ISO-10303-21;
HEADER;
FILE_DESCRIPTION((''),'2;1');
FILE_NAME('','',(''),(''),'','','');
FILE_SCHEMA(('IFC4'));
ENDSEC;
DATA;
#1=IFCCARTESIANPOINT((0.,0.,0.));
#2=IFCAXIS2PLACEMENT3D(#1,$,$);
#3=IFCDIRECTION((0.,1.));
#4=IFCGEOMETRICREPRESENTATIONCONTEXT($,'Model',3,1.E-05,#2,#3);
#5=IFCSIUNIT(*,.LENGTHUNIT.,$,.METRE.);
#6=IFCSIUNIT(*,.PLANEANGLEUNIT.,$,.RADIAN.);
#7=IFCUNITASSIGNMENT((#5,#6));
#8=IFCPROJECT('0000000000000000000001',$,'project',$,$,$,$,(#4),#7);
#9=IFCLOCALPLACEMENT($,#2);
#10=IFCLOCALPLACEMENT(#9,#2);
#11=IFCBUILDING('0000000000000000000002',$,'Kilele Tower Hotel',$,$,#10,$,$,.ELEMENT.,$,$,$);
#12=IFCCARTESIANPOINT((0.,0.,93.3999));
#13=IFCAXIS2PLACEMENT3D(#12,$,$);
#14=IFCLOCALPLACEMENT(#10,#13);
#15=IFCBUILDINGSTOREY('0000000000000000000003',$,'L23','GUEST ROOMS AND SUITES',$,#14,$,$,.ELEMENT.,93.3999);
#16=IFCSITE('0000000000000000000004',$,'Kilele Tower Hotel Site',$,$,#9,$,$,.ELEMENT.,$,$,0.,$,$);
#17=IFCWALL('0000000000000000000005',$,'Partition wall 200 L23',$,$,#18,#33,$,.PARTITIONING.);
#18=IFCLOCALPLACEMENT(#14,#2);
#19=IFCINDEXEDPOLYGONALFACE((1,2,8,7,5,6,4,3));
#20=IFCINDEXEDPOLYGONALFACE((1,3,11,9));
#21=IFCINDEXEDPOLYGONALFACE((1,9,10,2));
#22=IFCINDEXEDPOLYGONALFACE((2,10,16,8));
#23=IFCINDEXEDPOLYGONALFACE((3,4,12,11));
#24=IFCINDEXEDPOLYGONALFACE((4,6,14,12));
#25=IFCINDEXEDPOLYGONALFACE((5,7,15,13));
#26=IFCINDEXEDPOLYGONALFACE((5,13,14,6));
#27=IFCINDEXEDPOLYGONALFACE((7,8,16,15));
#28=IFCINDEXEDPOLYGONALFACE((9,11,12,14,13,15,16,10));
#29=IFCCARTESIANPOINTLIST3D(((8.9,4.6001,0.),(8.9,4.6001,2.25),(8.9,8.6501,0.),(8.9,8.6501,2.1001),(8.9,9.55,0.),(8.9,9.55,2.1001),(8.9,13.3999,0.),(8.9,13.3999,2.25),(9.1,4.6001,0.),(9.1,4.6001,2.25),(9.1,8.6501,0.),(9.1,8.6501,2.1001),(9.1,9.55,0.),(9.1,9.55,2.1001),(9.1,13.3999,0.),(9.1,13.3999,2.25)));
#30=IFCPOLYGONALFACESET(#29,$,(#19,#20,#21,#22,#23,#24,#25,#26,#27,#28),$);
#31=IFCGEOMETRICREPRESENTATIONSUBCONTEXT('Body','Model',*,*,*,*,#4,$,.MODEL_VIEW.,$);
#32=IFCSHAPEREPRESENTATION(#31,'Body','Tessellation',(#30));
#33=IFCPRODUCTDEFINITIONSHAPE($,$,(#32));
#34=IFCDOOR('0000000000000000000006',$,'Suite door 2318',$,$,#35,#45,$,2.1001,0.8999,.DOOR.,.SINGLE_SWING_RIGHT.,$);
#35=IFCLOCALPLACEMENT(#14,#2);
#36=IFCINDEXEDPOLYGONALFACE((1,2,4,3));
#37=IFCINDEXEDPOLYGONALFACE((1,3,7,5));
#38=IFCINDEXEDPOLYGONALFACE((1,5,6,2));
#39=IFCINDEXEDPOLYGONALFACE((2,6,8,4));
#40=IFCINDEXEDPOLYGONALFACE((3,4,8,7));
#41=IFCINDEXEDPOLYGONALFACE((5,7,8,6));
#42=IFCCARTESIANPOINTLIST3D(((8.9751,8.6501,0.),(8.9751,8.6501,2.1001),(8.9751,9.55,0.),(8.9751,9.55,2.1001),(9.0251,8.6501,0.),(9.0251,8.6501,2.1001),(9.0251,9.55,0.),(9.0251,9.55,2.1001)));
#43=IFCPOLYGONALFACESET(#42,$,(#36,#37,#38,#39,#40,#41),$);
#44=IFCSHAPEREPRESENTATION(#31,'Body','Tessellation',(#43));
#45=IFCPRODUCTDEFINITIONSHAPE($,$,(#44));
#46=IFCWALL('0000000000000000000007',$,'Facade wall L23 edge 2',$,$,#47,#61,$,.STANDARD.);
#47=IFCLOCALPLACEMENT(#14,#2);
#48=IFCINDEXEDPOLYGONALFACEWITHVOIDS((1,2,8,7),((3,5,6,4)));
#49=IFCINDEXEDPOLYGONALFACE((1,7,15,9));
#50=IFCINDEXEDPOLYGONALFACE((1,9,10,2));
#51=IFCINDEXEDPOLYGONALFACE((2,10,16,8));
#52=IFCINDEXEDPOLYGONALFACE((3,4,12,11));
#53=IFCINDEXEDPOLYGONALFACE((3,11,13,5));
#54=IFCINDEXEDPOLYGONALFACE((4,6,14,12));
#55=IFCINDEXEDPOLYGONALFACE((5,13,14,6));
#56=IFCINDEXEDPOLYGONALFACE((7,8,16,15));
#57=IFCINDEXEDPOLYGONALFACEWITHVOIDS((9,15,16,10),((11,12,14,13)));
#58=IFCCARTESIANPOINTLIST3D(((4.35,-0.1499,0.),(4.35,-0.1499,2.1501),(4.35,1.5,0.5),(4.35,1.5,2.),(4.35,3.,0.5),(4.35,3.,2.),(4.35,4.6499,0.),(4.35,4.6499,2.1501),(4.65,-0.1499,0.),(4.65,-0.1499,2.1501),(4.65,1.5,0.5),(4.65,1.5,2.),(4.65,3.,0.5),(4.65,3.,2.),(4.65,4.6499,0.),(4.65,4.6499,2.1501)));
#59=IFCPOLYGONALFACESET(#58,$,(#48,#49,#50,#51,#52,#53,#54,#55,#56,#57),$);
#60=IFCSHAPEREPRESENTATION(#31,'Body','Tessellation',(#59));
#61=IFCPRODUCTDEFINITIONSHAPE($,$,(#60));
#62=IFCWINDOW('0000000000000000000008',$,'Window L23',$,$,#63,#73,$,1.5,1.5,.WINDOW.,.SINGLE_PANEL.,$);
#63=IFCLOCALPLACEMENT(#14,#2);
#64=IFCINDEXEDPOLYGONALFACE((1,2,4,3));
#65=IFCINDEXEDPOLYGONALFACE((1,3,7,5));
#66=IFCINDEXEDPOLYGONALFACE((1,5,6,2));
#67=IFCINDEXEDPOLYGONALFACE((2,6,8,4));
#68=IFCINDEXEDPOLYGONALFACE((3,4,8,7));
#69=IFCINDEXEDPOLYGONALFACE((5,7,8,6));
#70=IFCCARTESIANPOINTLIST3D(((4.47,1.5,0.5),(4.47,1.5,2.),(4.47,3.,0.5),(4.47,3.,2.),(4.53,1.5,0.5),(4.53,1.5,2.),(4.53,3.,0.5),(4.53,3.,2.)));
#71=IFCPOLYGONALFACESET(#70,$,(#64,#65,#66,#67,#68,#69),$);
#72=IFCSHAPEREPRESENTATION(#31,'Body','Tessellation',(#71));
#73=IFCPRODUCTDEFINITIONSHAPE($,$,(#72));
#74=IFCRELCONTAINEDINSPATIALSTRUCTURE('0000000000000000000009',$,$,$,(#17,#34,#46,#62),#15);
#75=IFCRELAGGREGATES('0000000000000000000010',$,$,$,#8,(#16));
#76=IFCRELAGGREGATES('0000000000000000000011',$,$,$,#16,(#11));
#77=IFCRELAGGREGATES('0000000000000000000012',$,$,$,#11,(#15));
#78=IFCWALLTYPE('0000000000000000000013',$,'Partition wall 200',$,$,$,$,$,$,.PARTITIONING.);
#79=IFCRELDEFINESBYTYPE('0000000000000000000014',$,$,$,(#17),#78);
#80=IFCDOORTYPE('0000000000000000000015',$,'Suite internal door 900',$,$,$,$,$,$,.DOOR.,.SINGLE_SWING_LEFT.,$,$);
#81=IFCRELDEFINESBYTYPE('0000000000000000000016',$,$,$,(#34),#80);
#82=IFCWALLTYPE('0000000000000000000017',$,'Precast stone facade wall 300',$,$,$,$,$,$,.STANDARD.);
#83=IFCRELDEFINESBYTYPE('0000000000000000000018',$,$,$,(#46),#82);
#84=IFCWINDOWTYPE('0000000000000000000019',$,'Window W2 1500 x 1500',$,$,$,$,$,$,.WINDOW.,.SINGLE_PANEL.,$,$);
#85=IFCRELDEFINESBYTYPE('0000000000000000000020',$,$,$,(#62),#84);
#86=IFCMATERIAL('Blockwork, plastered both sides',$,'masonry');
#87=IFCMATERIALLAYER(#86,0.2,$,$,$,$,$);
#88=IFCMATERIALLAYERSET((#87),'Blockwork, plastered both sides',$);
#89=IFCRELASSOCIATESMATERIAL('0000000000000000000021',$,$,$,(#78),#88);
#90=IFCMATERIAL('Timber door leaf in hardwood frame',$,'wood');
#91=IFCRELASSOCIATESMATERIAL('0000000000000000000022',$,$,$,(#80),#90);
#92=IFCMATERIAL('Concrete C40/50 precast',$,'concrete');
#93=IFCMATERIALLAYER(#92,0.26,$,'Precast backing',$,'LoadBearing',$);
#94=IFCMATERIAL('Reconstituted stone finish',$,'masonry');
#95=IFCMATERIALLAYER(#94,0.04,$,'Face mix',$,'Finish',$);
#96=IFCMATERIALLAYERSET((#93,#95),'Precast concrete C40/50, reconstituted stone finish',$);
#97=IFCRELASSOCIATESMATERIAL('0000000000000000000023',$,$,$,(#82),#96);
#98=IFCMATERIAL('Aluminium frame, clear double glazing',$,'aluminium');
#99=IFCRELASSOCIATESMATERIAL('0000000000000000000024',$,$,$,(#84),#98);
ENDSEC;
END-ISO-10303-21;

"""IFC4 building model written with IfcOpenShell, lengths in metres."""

from ifc_helpers import new_model, si_unit, direction, frame, frame_2d, origin, place, context, subcontext, project, spatial, rectangle, extrude, material, layer, layer_set, type_object, element, fill, save


model = new_model("IFC4")

# Units and contexts
model_context = context("Model", 3, precision=1e-05, world=origin(), true_north=direction((0.0, 1.0)))
body_context = subcontext(model_context, "Body", "Model", "MODEL_VIEW")
ifc_project = project(units=[si_unit("LENGTHUNIT", "METRE"), si_unit("PLANEANGLEUNIT", "RADIAN")], contexts=[model_context])

# Site, building, storey
site_placement = place(None, origin())
site = spatial("IfcSite", under=ifc_project, at=site_placement, Name="Kilele Tower Hotel Site", CompositionType="ELEMENT", RefElevation=0.0)
building_placement = place(site_placement, origin())
building = spatial("IfcBuilding", under=site, at=building_placement, Name="Kilele Tower Hotel", CompositionType="ELEMENT")
storey_placement = place(building_placement, frame((0.0, 0.0, 93.3999)))
storey = spatial("IfcBuildingStorey", under=building, at=storey_placement, Name="L23", Description="GUEST ROOMS AND SUITES", CompositionType="ELEMENT", Elevation=93.3999)

# Wall, opening, door
ifc_material_1 = material(Name="Blockwork, plastered both sides", Category="masonry")
ifc_layer_1 = layer(ifc_material_1, 0.2)
ifc_layer_set_1 = layer_set([ifc_layer_1], Name="Blockwork, plastered both sides")
wall_type_1 = type_object("IfcWallType", Name="Partition wall 200", PredefinedType="PARTITIONING", material=ifc_layer_set_1)
wall_1_placement = place(storey_placement, frame((9.0, 4.6001, 0.0), z_axis=(0.0, 0.0, 1.0), x_axis=(0.0, 1.0, 0.0)))
wall_1 = element("IfcWall", 1, at=wall_1_placement, inside=storey, type_object=wall_type_1, Name="Partition wall 200 L23", PredefinedType="PARTITIONING", context=body_context, shape_type="SweptSolid", body=[
    extrude(rectangle(XDim=8.7998, YDim=0.2, at=frame_2d((4.3999, 0.0))), origin(), (0.0, 0.0, 1.0), 2.25),
])
opening_1_placement = place(wall_1_placement, frame((4.05, 0.0, 0.0)))
opening_1 = element("IfcOpeningElement", 2, at=opening_1_placement, cuts=wall_1, PredefinedType="OPENING", context=body_context, shape_type="SweptSolid", body=[
    extrude(rectangle(XDim=0.8999, YDim=2.1001, at=frame_2d((0.45, 1.05))), frame((0.0, 0.1099, 0.0), z_axis=(0.0, -1.0, 0.0), x_axis=(1.0, 0.0, 0.0)), (0.0, 0.0, 1.0), 0.22),
])
ifc_material_2 = material(Name="Timber door leaf in hardwood frame", Category="wood")
door_type = type_object("IfcDoorType", Name="Suite internal door 900", OperationType="SINGLE_SWING_LEFT", PredefinedType="DOOR", material=ifc_material_2)
door_placement = place(opening_1_placement, origin())
door = element("IfcDoor", 3, at=door_placement, inside=storey, type_object=door_type, Name="Suite door 2318", OperationType="SINGLE_SWING_RIGHT", OverallHeight=2.1001, OverallWidth=0.8999, PredefinedType="DOOR", context=body_context, shape_type="SweptSolid", body=[
    extrude(rectangle(XDim=0.8999, YDim=2.1001, at=frame_2d((0.45, 1.05))), frame((0.0, 0.0249, 0.0), z_axis=(0.0, -1.0, 0.0), x_axis=(1.0, 0.0, 0.0)), (0.0, 0.0, 1.0), 0.05),
])
fill(opening_1, door)

# Wall, opening, window
ifc_material_3 = material(Name="Concrete C40/50 precast", Category="concrete")
ifc_layer_2 = layer(ifc_material_3, 0.26, Name="Precast backing", Category="LoadBearing")
ifc_material_4 = material(Name="Reconstituted stone finish", Category="masonry")
ifc_layer_3 = layer(ifc_material_4, 0.04, Name="Face mix", Category="Finish")
ifc_layer_set_2 = layer_set([ifc_layer_2, ifc_layer_3], Name="Precast concrete C40/50, reconstituted stone finish")
wall_type_2 = type_object("IfcWallType", Name="Precast stone facade wall 300", PredefinedType="STANDARD", material=ifc_layer_set_2)
wall_2_placement = place(storey_placement, frame((4.5, 4.6499, 0.0), z_axis=(0.0, 0.0, 1.0), x_axis=(0.0, -1.0, 0.0)))
wall_2 = element("IfcWall", 4, at=wall_2_placement, inside=storey, type_object=wall_type_2, Name="Facade wall L23 edge 2", PredefinedType="STANDARD", context=body_context, shape_type="SweptSolid", body=[
    extrude(rectangle(XDim=4.7998, YDim=0.3, at=frame_2d((2.3999, 0.0))), origin(), (0.0, 0.0, 1.0), 2.1501),
])
opening_2_placement = place(wall_2_placement, frame((1.6499, 0.0, 0.5)))
opening_2 = element("IfcOpeningElement", 5, at=opening_2_placement, cuts=wall_2, PredefinedType="OPENING", context=body_context, shape_type="SweptSolid", body=[
    extrude(rectangle(XDim=1.5, YDim=1.5, at=frame_2d((0.75, 0.75))), frame((0.0, 0.1599, 0.0), z_axis=(0.0, -1.0, 0.0), x_axis=(1.0, 0.0, 0.0)), (0.0, 0.0, 1.0), 0.3201),
])
ifc_material_5 = material(Name="Aluminium frame, clear double glazing", Category="aluminium")
window_type = type_object("IfcWindowType", Name="Window W2 1500 x 1500", PartitioningType="SINGLE_PANEL", PredefinedType="WINDOW", material=ifc_material_5)
window_placement = place(opening_2_placement, origin())
window = element("IfcWindow", 6, at=window_placement, inside=storey, type_object=window_type, Name="Window L23", OverallHeight=1.5, OverallWidth=1.5, PartitioningType="SINGLE_PANEL", PredefinedType="WINDOW", context=body_context, shape_type="SweptSolid", body=[
    extrude(rectangle(XDim=1.5, YDim=1.5, at=frame_2d((0.75, 0.75))), frame((0.0, 0.03, 0.0), z_axis=(0.0, -1.0, 0.0), x_axis=(1.0, 0.0, 0.0)), (0.0, 0.0, 1.0), 0.0601),
])
fill(opening_2, window)

save(model, "model.ifc")
